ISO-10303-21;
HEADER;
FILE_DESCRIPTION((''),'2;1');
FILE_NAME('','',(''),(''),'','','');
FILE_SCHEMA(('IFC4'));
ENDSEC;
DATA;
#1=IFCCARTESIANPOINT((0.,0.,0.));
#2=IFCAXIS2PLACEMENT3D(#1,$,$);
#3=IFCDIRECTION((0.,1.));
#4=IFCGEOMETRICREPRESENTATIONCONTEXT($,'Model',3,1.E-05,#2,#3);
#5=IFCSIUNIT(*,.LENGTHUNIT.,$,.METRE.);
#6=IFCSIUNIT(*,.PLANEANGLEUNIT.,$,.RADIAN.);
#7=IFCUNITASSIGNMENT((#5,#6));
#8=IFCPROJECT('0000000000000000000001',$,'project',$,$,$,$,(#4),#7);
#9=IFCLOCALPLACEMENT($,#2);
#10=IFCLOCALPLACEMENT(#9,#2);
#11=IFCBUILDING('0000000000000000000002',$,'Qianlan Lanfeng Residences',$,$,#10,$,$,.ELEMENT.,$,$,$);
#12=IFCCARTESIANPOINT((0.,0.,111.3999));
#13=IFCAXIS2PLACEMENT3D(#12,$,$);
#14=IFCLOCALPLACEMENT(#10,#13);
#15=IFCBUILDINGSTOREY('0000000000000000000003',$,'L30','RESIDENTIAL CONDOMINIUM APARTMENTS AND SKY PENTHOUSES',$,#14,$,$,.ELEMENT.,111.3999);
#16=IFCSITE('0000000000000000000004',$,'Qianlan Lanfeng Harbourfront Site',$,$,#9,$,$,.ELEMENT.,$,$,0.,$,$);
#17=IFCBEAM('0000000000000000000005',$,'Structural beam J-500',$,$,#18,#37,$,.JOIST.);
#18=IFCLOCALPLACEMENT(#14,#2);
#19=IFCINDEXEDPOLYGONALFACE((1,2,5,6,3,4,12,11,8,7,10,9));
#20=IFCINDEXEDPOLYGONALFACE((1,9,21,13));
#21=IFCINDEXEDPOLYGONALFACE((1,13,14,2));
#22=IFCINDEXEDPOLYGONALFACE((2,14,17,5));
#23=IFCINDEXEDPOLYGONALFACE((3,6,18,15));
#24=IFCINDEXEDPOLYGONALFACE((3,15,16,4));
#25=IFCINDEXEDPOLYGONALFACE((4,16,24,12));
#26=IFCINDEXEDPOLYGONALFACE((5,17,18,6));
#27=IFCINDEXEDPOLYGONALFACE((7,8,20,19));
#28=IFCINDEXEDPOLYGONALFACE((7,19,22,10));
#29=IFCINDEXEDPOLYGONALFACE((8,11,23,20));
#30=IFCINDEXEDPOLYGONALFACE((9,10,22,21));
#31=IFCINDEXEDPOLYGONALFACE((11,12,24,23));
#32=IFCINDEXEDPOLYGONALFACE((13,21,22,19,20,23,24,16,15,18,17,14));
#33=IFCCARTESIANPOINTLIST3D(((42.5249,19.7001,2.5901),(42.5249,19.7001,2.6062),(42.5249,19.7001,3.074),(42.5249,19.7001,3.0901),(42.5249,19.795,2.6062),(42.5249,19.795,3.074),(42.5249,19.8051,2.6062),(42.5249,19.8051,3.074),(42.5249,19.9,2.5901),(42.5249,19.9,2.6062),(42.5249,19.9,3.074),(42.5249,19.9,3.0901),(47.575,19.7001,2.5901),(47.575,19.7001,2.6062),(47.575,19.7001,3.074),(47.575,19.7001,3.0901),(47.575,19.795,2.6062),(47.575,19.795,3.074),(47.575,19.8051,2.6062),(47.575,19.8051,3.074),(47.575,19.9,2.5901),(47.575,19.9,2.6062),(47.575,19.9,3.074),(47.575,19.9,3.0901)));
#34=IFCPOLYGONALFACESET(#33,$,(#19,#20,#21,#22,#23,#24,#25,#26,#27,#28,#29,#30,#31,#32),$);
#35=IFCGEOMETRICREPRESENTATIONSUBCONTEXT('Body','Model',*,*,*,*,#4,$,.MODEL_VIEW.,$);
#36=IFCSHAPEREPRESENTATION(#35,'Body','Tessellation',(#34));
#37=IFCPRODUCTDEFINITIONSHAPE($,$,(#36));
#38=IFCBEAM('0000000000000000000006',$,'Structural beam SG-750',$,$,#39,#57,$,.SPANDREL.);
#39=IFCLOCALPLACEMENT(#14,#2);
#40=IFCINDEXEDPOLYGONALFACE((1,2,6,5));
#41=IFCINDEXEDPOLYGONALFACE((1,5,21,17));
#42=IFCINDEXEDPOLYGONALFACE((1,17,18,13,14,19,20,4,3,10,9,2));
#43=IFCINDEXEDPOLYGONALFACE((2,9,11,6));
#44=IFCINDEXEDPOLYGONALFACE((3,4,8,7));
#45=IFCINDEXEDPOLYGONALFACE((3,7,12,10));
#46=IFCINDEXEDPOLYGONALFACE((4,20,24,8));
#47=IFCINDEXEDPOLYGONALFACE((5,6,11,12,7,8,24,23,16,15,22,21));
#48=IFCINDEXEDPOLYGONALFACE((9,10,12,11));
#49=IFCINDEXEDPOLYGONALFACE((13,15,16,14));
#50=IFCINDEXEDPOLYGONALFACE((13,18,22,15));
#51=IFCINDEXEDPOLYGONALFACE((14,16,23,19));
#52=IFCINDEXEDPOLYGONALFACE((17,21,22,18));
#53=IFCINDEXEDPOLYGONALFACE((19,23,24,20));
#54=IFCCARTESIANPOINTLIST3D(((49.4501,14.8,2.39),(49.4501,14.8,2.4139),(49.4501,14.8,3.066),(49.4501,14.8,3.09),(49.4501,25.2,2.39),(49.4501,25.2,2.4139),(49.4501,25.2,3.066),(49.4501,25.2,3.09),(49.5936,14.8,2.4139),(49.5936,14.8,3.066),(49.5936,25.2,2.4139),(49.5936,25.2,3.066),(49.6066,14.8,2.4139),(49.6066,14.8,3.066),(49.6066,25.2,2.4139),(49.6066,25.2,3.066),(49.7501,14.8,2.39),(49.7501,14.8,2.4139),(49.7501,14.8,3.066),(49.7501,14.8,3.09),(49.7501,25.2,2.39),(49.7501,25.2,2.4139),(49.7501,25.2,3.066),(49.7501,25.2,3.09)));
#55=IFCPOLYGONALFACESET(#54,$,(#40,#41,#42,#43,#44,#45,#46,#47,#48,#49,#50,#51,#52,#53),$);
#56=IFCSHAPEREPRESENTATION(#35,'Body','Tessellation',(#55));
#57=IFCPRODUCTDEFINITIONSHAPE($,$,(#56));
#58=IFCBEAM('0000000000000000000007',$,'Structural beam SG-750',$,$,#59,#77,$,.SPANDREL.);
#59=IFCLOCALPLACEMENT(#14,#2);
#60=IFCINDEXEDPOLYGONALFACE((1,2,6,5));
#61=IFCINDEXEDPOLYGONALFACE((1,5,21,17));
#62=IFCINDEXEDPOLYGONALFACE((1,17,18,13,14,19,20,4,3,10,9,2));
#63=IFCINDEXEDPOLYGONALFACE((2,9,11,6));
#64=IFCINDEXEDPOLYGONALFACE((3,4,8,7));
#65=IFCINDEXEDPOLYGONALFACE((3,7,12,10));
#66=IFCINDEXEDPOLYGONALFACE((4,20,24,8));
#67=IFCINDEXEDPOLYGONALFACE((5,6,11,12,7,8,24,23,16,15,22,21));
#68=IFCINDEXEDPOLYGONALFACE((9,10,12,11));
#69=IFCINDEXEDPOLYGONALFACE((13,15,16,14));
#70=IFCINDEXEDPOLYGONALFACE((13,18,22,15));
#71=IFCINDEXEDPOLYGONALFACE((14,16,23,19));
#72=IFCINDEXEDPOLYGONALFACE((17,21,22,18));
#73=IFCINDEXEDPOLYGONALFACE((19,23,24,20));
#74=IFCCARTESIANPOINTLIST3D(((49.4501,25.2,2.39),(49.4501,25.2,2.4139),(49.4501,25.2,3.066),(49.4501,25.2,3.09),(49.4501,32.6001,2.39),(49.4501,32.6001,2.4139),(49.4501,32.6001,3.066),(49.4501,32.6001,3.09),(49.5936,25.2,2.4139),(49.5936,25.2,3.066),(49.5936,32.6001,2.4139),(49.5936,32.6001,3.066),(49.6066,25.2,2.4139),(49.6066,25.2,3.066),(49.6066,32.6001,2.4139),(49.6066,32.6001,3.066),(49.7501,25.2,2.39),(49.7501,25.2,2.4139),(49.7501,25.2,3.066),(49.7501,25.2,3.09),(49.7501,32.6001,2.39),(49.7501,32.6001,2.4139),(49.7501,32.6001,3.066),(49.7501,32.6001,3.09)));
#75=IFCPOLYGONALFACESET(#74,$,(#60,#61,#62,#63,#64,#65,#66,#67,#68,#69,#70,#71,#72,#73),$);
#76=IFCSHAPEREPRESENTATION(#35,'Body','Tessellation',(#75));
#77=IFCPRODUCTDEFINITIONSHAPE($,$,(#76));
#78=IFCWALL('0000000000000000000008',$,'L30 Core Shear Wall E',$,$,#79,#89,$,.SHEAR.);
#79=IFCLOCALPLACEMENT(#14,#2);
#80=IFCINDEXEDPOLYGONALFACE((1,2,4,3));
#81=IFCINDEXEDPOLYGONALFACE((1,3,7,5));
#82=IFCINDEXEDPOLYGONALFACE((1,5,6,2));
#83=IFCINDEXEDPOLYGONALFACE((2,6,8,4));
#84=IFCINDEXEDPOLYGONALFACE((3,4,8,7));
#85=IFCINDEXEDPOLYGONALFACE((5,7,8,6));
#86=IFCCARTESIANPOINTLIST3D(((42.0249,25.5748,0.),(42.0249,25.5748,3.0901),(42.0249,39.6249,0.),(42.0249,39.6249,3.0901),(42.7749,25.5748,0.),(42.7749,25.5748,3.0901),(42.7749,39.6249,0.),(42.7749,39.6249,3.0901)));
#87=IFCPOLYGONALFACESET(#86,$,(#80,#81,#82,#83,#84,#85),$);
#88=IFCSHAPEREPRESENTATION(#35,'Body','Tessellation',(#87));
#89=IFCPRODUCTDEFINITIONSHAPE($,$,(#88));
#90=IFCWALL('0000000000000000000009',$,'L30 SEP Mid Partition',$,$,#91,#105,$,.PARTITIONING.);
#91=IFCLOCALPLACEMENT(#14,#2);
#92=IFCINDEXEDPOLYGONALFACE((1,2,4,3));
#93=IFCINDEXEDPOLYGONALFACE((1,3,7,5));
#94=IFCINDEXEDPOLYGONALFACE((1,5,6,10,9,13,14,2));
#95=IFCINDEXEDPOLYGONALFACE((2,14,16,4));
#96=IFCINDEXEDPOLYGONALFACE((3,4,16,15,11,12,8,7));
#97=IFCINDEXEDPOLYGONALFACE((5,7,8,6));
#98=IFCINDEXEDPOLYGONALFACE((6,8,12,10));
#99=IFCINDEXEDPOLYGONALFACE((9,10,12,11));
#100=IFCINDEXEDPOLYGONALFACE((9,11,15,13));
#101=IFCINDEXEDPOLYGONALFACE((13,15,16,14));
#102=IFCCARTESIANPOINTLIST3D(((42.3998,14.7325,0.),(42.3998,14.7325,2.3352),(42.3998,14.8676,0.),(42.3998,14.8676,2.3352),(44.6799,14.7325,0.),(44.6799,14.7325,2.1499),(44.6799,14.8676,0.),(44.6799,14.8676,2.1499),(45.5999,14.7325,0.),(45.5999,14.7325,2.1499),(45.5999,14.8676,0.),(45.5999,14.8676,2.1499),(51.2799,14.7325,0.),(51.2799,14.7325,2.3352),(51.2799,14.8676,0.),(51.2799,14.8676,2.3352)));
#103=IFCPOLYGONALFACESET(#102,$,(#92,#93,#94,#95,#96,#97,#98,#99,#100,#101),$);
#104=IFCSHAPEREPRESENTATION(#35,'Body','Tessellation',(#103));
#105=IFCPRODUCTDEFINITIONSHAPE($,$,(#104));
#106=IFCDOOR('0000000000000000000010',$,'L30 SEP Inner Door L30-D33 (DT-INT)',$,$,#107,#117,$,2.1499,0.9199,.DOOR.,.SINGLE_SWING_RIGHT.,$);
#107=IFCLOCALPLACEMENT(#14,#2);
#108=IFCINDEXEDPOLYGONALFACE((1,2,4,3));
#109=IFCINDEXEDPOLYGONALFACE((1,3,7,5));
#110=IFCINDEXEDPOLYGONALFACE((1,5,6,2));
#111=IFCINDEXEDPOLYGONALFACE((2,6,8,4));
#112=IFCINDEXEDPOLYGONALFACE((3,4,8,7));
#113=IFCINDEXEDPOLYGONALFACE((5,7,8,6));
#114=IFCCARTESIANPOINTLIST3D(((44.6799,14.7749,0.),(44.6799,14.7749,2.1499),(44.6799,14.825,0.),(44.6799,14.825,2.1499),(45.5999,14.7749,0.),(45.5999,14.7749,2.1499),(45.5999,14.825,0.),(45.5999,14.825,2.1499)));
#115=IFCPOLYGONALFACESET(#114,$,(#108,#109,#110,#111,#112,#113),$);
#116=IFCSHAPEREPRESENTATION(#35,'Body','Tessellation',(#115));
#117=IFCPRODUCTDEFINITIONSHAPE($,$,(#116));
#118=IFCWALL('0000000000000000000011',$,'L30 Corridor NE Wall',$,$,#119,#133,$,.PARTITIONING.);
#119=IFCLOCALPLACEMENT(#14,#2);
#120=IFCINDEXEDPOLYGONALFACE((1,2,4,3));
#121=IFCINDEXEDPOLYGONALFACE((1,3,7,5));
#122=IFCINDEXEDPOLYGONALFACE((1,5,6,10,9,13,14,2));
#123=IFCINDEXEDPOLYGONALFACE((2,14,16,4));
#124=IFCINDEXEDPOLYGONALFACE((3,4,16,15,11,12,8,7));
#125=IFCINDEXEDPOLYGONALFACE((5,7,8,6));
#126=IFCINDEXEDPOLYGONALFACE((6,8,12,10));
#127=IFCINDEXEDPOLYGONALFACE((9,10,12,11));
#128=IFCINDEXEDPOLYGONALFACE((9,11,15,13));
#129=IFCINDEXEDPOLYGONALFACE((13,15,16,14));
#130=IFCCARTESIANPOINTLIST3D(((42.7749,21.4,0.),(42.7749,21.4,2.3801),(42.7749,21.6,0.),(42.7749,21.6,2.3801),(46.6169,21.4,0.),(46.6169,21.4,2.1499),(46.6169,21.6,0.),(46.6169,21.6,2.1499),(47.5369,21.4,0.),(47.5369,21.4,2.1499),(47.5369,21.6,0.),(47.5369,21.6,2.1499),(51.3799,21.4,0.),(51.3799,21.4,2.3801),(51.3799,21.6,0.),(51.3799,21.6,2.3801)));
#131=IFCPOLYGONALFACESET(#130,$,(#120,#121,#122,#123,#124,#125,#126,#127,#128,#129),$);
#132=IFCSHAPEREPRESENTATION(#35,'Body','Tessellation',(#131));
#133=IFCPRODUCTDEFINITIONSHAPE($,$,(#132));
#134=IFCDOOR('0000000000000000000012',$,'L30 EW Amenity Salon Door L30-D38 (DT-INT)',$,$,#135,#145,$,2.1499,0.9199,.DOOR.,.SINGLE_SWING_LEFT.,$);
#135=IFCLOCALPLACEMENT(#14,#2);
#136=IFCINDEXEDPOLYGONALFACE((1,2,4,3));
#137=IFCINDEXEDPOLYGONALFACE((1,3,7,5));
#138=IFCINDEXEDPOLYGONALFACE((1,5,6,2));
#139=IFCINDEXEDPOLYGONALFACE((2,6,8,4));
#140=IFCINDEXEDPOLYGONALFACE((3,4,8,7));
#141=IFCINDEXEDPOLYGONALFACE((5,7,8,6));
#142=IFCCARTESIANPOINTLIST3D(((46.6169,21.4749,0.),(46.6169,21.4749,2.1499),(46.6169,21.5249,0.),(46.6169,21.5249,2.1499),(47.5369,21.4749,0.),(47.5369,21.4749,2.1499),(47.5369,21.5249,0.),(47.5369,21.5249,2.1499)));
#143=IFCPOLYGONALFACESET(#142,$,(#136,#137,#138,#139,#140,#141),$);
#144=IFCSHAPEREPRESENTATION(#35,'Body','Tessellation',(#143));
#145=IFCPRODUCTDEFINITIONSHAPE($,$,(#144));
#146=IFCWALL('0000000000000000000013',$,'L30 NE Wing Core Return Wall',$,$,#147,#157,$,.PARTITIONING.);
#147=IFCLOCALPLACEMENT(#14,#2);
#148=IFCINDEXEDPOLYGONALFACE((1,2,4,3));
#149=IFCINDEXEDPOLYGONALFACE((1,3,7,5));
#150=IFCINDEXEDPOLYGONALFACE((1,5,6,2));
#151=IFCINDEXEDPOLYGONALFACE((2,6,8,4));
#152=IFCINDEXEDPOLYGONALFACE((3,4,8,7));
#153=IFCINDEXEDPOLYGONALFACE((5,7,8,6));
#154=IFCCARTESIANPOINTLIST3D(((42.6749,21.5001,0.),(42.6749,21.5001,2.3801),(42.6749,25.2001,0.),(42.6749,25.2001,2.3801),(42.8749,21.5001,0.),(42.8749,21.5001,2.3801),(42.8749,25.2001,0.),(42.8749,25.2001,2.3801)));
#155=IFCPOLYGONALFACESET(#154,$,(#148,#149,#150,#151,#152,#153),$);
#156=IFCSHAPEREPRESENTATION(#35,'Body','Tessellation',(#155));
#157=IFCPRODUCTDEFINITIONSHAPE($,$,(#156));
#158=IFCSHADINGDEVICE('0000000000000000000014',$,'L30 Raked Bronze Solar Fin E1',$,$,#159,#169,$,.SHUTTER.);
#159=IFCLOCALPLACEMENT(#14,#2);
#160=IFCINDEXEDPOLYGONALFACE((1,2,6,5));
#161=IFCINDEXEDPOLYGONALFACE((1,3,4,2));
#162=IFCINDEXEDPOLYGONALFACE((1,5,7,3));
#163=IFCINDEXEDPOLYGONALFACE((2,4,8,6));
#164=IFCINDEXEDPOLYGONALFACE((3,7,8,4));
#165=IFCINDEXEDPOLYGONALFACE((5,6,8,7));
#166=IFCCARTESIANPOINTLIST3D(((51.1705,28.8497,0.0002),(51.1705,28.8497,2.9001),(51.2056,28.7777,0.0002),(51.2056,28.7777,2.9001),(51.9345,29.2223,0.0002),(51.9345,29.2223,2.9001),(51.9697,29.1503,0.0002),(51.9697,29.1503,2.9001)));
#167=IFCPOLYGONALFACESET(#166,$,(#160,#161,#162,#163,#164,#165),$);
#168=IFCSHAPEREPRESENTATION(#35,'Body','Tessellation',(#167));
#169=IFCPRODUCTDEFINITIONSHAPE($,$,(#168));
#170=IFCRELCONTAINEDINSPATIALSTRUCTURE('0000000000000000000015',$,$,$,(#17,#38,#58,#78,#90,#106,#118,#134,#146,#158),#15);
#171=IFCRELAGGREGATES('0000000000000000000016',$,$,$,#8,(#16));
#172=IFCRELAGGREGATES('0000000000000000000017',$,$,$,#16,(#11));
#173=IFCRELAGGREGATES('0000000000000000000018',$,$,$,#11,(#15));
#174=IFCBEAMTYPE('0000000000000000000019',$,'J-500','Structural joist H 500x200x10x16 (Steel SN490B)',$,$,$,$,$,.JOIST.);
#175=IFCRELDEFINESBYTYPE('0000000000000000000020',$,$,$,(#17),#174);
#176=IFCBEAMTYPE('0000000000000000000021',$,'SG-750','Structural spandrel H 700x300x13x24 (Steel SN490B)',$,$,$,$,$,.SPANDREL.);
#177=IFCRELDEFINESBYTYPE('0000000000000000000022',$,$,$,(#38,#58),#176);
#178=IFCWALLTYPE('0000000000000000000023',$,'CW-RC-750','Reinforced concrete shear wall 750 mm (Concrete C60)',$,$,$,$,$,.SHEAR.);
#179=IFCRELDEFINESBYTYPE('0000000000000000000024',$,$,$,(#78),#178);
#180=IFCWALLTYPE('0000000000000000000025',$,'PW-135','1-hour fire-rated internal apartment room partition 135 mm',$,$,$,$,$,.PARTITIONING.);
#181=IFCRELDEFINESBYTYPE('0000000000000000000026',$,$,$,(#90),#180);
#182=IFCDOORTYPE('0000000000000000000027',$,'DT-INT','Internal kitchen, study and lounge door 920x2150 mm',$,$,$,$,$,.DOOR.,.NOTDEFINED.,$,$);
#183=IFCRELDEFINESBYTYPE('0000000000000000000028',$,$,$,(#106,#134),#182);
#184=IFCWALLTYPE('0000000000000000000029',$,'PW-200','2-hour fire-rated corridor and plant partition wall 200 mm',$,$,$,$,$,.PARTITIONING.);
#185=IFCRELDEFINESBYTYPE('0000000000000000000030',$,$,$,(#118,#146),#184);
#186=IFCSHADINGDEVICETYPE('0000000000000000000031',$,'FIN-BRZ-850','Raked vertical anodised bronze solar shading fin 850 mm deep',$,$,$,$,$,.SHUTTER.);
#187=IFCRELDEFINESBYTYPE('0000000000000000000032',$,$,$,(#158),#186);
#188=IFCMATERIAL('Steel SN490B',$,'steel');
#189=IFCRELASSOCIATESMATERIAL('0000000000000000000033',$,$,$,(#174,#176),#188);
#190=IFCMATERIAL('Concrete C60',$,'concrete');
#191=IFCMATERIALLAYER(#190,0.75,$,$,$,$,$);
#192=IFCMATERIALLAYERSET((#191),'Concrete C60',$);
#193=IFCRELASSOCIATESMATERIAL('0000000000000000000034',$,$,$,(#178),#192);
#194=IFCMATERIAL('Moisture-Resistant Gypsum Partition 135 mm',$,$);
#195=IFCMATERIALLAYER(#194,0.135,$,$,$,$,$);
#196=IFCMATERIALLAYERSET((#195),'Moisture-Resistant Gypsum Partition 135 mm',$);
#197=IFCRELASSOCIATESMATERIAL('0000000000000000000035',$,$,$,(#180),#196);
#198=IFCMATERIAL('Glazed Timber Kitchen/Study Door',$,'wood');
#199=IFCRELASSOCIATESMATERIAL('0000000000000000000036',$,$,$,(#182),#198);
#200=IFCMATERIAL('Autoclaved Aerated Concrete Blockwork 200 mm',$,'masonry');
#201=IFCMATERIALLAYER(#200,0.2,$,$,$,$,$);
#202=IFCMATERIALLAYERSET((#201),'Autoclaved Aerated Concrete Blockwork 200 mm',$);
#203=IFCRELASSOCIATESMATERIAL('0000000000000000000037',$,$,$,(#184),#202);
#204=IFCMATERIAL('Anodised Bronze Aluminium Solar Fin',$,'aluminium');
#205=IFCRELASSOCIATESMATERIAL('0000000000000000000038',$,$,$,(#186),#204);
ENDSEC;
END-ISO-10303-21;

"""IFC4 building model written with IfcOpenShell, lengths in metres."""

from ifc_helpers import new_model, si_unit, direction, frame, frame_2d, origin, origin_2d, place, context, subcontext, project, spatial, rectangle, i_section, extrude, source, transform, mapped, material, layer, layer_set, material_profile, profile_set, type_object, element, fill, save


model = new_model("IFC4")

# Units and contexts
model_context = context("Model", 3, precision=1e-05, world=origin(), true_north=direction((0.0, 1.0)))
body_context = subcontext(model_context, "Body", "Model", "MODEL_VIEW")
ifc_project = project(units=[si_unit("LENGTHUNIT", "METRE"), si_unit("PLANEANGLEUNIT", "RADIAN")], contexts=[model_context])

# Site, building, storey
site_placement = place(None, origin())
site = spatial("IfcSite", under=ifc_project, at=site_placement, Name="Qianlan Lanfeng Harbourfront Site", CompositionType="ELEMENT", RefElevation=0.0)
building_placement = place(site_placement, origin())
building = spatial("IfcBuilding", under=site, at=building_placement, Name="Qianlan Lanfeng Residences", CompositionType="ELEMENT")
storey_placement = place(building_placement, frame((0.0, 0.0, 111.3999)))
storey = spatial("IfcBuildingStorey", under=building, at=storey_placement, Name="L30", Description="RESIDENTIAL CONDOMINIUM APARTMENTS AND SKY PENTHOUSES", CompositionType="ELEMENT", Elevation=111.3999)

# Shared definitions
ifc_material_1 = material(Name="Steel SN490B", Category="steel")

# Beams
ifc_material_profile_1 = material_profile(ifc_material_1, i_section(OverallWidth=0.2, OverallDepth=0.5, WebThickness=0.01, FlangeThickness=0.0161, at=origin_2d()), Name="H 500x200x10x16")
ifc_profile_set_1 = profile_set([ifc_material_profile_1], Name="Steel SN490B")
beam_type_1 = type_object("IfcBeamType", Name="J-500", Description="Structural joist H 500x200x10x16 (Steel SN490B)", PredefinedType="JOIST", material=ifc_profile_set_1)
beam_1_placement = place(storey_placement, frame((42.5249, 19.8, 2.8401), z_axis=(1.0, 0.0, 0.0), x_axis=(0.0, 1.0, 0.0)))
element("IfcBeam", 1, at=beam_1_placement, inside=storey, type_object=beam_type_1, Name="Structural beam J-500", PredefinedType="JOIST", context=body_context, shape_type="SweptSolid", body=[
    extrude(i_section(OverallWidth=0.2, OverallDepth=0.5, WebThickness=0.01, FlangeThickness=0.0161, at=origin_2d()), origin(), (0.0, 0.0, 1.0), 5.05),
])
ifc_material_profile_2 = material_profile(ifc_material_1, i_section(OverallWidth=0.3, OverallDepth=0.7, WebThickness=0.0129, FlangeThickness=0.0239, at=origin_2d()), Name="H 700x300x13x24")
ifc_profile_set_2 = profile_set([ifc_material_profile_2], Name="Steel SN490B")
beam_type_2 = type_object("IfcBeamType", Name="SG-750", Description="Structural spandrel H 700x300x13x24 (Steel SN490B)", PredefinedType="SPANDREL", material=ifc_profile_set_2)
beam_2_placement = place(storey_placement, frame((49.6001, 14.8, 2.74), z_axis=(0.0, 1.0, 0.0), x_axis=(-1.0, 0.0, 0.0)))
element("IfcBeam", 2, at=beam_2_placement, inside=storey, type_object=beam_type_2, Name="Structural beam SG-750", PredefinedType="SPANDREL", context=body_context, shape_type="SweptSolid", body=[
    extrude(i_section(OverallWidth=0.3, OverallDepth=0.7, WebThickness=0.0129, FlangeThickness=0.0239, at=origin_2d()), origin(), (0.0, 0.0, 1.0), 10.3999),
])
beam_3_placement = place(storey_placement, frame((49.6001, 25.2, 2.74), z_axis=(0.0, 1.0, 0.0), x_axis=(-1.0, 0.0, 0.0)))
element("IfcBeam", 3, at=beam_3_placement, inside=storey, type_object=beam_type_2, Name="Structural beam SG-750", PredefinedType="SPANDREL", context=body_context, shape_type="SweptSolid", body=[
    extrude(i_section(OverallWidth=0.3, OverallDepth=0.7, WebThickness=0.0129, FlangeThickness=0.0239, at=origin_2d()), origin(), (0.0, 0.0, 1.0), 7.4001),
])

# Wall
ifc_material_2 = material(Name="Concrete C60", Category="concrete")
ifc_layer_1 = layer(ifc_material_2, 0.75)
ifc_layer_set_1 = layer_set([ifc_layer_1], Name="Concrete C60")
wall_type_1 = type_object("IfcWallType", Name="CW-RC-750", Description="Reinforced concrete shear wall 750 mm (Concrete C60)", PredefinedType="SHEAR", material=ifc_layer_set_1)
wall_1_placement = place(storey_placement, frame((42.3999, 25.575, 0.0), z_axis=(0.0, 0.0, 1.0), x_axis=(0.0, 1.0, 0.0)))
element("IfcWall", 4, at=wall_1_placement, inside=storey, type_object=wall_type_1, Name="L30 Core Shear Wall E", PredefinedType="SHEAR", context=body_context, shape_type="SweptSolid", body=[
    extrude(rectangle(XDim=14.05, YDim=0.75, at=frame_2d((7.0249, 0.0))), origin(), (0.0, 0.0, 1.0), 3.0901),
])

# Walls, openings, doors
ifc_material_3 = material(Name="Moisture-Resistant Gypsum Partition 135 mm")
ifc_layer_2 = layer(ifc_material_3, 0.135)
ifc_layer_set_2 = layer_set([ifc_layer_2], Name="Moisture-Resistant Gypsum Partition 135 mm")
wall_type_2 = type_object("IfcWallType", Name="PW-135", Description="1-hour fire-rated internal apartment room partition 135 mm", PredefinedType="PARTITIONING", material=ifc_layer_set_2)
wall_2_placement = place(storey_placement, frame((42.3999, 14.8, 0.0), z_axis=(0.0, 0.0, 1.0), x_axis=(1.0, 0.0, 0.0)))
wall_2 = element("IfcWall", 5, at=wall_2_placement, inside=storey, type_object=wall_type_2, Name="L30 SEP Mid Partition", PredefinedType="PARTITIONING", context=body_context, shape_type="SweptSolid", body=[
    extrude(rectangle(XDim=8.8801, YDim=0.135, at=frame_2d((4.4399, 0.0))), origin(), (0.0, 0.0, 1.0), 2.3352),
])
opening_1_placement = place(wall_2_placement, frame((2.28, 0.0, 0.0)))
opening_1 = element("IfcOpeningElement", 6, at=opening_1_placement, cuts=wall_2, PredefinedType="OPENING", context=body_context, shape_type="SweptSolid", body=[
    extrude(rectangle(XDim=0.9199, YDim=2.1499, at=frame_2d((0.46, 1.075))), frame((0.0, 0.0776, 0.0), z_axis=(0.0, -1.0, 0.0), x_axis=(1.0, 0.0, 0.0)), (0.0, 0.0, 1.0), 0.155),
])
ifc_material_4 = material(Name="Glazed Timber Kitchen/Study Door", Category="wood")
door_type = type_object("IfcDoorType", Name="DT-INT", Description="Internal kitchen, study and lounge door 920x2150 mm", OperationType="NOTDEFINED", PredefinedType="DOOR", material=ifc_material_4)
door_1_placement = place(opening_1_placement, origin())
door_1 = element("IfcDoor", 7, at=door_1_placement, inside=storey, type_object=door_type, Name="L30 SEP Inner Door L30-D33 (DT-INT)", OperationType="SINGLE_SWING_RIGHT", OverallHeight=2.1499, OverallWidth=0.9199, PredefinedType="DOOR", context=body_context, shape_type="SweptSolid", body=[
    extrude(rectangle(XDim=0.9199, YDim=2.1499, at=frame_2d((0.46, 1.075))), frame((0.0, 0.0249, 0.0), z_axis=(0.0, -1.0, 0.0), x_axis=(1.0, 0.0, 0.0)), (0.0, 0.0, 1.0), 0.05),
])
fill(opening_1, door_1)
ifc_material_5 = material(Name="Autoclaved Aerated Concrete Blockwork 200 mm", Category="masonry")
ifc_layer_3 = layer(ifc_material_5, 0.2)
ifc_layer_set_3 = layer_set([ifc_layer_3], Name="Autoclaved Aerated Concrete Blockwork 200 mm")
wall_type_3 = type_object("IfcWallType", Name="PW-200", Description="2-hour fire-rated corridor and plant partition wall 200 mm", PredefinedType="PARTITIONING", material=ifc_layer_set_3)
wall_3_placement = place(storey_placement, frame((42.7749, 21.5, 0.0), z_axis=(0.0, 0.0, 1.0), x_axis=(1.0, 0.0, 0.0)))
wall_3 = element("IfcWall", 8, at=wall_3_placement, inside=storey, type_object=wall_type_3, Name="L30 Corridor NE Wall", PredefinedType="PARTITIONING", context=body_context, shape_type="SweptSolid", body=[
    extrude(rectangle(XDim=8.605, YDim=0.2, at=frame_2d((4.3025, 0.0))), origin(), (0.0, 0.0, 1.0), 2.3801),
])
opening_2_placement = place(wall_3_placement, frame((3.842, 0.0, 0.0)))
opening_2 = element("IfcOpeningElement", 9, at=opening_2_placement, cuts=wall_3, PredefinedType="OPENING", context=body_context, shape_type="SweptSolid", body=[
    extrude(rectangle(XDim=0.9199, YDim=2.1499, at=frame_2d((0.46, 1.075))), frame((0.0, 0.1099, 0.0), z_axis=(0.0, -1.0, 0.0), x_axis=(1.0, 0.0, 0.0)), (0.0, 0.0, 1.0), 0.22),
])
door_2_placement = place(opening_2_placement, origin())
door_2 = element("IfcDoor", 10, at=door_2_placement, inside=storey, type_object=door_type, Name="L30 EW Amenity Salon Door L30-D38 (DT-INT)", OperationType="SINGLE_SWING_LEFT", OverallHeight=2.1499, OverallWidth=0.9199, PredefinedType="DOOR", context=body_context, shape_type="SweptSolid", body=[
    extrude(rectangle(XDim=0.9199, YDim=2.1499, at=frame_2d((0.46, 1.075))), frame((0.0, 0.0249, 0.0), z_axis=(0.0, -1.0, 0.0), x_axis=(1.0, 0.0, 0.0)), (0.0, 0.0, 1.0), 0.05),
])
fill(opening_2, door_2)

# Wall
wall_4_placement = place(storey_placement, frame((42.7749, 21.5, 0.0), z_axis=(0.0, 0.0, 1.0), x_axis=(0.0, 1.0, 0.0)))
element("IfcWall", 11, at=wall_4_placement, inside=storey, type_object=wall_type_3, Name="L30 NE Wing Core Return Wall", PredefinedType="PARTITIONING", context=body_context, shape_type="SweptSolid", body=[
    extrude(rectangle(XDim=3.7, YDim=0.2, at=frame_2d((1.8501, 0.0))), origin(), (0.0, 0.0, 1.0), 2.3801),
])

# Shading device
ifc_material_6 = material(Name="Anodised Bronze Aluminium Solar Fin", Category="aluminium")
shading_device_type = type_object("IfcShadingDeviceType", Name="FIN-BRZ-850", Description="Raked vertical anodised bronze solar shading fin 850 mm deep", PredefinedType="SHUTTER", material=ifc_material_6)
shared_shape_1 = source(origin(), body_context, "Body", "SweptSolid", [
    extrude(rectangle(XDim=0.8501, YDim=0.0801, at=origin_2d()), origin(), (0.0, 0.0, 1.0), 2.8999),
])
shading_device_placement = place(storey_placement, frame((51.5701, 29.0, 0.0002), z_axis=(0.0, 0.0, 1.0), x_axis=(0.898794, 0.438371, 0.0)))
element("IfcShadingDevice", 12, at=shading_device_placement, inside=storey, type_object=shading_device_type, Name="L30 Raked Bronze Solar Fin E1", PredefinedType="SHUTTER", context=body_context, shape_type="MappedRepresentation", body=[
    mapped(shared_shape_1, transform((0.0, 0.0, 0.0), scale=1.0)),
])

save(model, "model.ifc")
